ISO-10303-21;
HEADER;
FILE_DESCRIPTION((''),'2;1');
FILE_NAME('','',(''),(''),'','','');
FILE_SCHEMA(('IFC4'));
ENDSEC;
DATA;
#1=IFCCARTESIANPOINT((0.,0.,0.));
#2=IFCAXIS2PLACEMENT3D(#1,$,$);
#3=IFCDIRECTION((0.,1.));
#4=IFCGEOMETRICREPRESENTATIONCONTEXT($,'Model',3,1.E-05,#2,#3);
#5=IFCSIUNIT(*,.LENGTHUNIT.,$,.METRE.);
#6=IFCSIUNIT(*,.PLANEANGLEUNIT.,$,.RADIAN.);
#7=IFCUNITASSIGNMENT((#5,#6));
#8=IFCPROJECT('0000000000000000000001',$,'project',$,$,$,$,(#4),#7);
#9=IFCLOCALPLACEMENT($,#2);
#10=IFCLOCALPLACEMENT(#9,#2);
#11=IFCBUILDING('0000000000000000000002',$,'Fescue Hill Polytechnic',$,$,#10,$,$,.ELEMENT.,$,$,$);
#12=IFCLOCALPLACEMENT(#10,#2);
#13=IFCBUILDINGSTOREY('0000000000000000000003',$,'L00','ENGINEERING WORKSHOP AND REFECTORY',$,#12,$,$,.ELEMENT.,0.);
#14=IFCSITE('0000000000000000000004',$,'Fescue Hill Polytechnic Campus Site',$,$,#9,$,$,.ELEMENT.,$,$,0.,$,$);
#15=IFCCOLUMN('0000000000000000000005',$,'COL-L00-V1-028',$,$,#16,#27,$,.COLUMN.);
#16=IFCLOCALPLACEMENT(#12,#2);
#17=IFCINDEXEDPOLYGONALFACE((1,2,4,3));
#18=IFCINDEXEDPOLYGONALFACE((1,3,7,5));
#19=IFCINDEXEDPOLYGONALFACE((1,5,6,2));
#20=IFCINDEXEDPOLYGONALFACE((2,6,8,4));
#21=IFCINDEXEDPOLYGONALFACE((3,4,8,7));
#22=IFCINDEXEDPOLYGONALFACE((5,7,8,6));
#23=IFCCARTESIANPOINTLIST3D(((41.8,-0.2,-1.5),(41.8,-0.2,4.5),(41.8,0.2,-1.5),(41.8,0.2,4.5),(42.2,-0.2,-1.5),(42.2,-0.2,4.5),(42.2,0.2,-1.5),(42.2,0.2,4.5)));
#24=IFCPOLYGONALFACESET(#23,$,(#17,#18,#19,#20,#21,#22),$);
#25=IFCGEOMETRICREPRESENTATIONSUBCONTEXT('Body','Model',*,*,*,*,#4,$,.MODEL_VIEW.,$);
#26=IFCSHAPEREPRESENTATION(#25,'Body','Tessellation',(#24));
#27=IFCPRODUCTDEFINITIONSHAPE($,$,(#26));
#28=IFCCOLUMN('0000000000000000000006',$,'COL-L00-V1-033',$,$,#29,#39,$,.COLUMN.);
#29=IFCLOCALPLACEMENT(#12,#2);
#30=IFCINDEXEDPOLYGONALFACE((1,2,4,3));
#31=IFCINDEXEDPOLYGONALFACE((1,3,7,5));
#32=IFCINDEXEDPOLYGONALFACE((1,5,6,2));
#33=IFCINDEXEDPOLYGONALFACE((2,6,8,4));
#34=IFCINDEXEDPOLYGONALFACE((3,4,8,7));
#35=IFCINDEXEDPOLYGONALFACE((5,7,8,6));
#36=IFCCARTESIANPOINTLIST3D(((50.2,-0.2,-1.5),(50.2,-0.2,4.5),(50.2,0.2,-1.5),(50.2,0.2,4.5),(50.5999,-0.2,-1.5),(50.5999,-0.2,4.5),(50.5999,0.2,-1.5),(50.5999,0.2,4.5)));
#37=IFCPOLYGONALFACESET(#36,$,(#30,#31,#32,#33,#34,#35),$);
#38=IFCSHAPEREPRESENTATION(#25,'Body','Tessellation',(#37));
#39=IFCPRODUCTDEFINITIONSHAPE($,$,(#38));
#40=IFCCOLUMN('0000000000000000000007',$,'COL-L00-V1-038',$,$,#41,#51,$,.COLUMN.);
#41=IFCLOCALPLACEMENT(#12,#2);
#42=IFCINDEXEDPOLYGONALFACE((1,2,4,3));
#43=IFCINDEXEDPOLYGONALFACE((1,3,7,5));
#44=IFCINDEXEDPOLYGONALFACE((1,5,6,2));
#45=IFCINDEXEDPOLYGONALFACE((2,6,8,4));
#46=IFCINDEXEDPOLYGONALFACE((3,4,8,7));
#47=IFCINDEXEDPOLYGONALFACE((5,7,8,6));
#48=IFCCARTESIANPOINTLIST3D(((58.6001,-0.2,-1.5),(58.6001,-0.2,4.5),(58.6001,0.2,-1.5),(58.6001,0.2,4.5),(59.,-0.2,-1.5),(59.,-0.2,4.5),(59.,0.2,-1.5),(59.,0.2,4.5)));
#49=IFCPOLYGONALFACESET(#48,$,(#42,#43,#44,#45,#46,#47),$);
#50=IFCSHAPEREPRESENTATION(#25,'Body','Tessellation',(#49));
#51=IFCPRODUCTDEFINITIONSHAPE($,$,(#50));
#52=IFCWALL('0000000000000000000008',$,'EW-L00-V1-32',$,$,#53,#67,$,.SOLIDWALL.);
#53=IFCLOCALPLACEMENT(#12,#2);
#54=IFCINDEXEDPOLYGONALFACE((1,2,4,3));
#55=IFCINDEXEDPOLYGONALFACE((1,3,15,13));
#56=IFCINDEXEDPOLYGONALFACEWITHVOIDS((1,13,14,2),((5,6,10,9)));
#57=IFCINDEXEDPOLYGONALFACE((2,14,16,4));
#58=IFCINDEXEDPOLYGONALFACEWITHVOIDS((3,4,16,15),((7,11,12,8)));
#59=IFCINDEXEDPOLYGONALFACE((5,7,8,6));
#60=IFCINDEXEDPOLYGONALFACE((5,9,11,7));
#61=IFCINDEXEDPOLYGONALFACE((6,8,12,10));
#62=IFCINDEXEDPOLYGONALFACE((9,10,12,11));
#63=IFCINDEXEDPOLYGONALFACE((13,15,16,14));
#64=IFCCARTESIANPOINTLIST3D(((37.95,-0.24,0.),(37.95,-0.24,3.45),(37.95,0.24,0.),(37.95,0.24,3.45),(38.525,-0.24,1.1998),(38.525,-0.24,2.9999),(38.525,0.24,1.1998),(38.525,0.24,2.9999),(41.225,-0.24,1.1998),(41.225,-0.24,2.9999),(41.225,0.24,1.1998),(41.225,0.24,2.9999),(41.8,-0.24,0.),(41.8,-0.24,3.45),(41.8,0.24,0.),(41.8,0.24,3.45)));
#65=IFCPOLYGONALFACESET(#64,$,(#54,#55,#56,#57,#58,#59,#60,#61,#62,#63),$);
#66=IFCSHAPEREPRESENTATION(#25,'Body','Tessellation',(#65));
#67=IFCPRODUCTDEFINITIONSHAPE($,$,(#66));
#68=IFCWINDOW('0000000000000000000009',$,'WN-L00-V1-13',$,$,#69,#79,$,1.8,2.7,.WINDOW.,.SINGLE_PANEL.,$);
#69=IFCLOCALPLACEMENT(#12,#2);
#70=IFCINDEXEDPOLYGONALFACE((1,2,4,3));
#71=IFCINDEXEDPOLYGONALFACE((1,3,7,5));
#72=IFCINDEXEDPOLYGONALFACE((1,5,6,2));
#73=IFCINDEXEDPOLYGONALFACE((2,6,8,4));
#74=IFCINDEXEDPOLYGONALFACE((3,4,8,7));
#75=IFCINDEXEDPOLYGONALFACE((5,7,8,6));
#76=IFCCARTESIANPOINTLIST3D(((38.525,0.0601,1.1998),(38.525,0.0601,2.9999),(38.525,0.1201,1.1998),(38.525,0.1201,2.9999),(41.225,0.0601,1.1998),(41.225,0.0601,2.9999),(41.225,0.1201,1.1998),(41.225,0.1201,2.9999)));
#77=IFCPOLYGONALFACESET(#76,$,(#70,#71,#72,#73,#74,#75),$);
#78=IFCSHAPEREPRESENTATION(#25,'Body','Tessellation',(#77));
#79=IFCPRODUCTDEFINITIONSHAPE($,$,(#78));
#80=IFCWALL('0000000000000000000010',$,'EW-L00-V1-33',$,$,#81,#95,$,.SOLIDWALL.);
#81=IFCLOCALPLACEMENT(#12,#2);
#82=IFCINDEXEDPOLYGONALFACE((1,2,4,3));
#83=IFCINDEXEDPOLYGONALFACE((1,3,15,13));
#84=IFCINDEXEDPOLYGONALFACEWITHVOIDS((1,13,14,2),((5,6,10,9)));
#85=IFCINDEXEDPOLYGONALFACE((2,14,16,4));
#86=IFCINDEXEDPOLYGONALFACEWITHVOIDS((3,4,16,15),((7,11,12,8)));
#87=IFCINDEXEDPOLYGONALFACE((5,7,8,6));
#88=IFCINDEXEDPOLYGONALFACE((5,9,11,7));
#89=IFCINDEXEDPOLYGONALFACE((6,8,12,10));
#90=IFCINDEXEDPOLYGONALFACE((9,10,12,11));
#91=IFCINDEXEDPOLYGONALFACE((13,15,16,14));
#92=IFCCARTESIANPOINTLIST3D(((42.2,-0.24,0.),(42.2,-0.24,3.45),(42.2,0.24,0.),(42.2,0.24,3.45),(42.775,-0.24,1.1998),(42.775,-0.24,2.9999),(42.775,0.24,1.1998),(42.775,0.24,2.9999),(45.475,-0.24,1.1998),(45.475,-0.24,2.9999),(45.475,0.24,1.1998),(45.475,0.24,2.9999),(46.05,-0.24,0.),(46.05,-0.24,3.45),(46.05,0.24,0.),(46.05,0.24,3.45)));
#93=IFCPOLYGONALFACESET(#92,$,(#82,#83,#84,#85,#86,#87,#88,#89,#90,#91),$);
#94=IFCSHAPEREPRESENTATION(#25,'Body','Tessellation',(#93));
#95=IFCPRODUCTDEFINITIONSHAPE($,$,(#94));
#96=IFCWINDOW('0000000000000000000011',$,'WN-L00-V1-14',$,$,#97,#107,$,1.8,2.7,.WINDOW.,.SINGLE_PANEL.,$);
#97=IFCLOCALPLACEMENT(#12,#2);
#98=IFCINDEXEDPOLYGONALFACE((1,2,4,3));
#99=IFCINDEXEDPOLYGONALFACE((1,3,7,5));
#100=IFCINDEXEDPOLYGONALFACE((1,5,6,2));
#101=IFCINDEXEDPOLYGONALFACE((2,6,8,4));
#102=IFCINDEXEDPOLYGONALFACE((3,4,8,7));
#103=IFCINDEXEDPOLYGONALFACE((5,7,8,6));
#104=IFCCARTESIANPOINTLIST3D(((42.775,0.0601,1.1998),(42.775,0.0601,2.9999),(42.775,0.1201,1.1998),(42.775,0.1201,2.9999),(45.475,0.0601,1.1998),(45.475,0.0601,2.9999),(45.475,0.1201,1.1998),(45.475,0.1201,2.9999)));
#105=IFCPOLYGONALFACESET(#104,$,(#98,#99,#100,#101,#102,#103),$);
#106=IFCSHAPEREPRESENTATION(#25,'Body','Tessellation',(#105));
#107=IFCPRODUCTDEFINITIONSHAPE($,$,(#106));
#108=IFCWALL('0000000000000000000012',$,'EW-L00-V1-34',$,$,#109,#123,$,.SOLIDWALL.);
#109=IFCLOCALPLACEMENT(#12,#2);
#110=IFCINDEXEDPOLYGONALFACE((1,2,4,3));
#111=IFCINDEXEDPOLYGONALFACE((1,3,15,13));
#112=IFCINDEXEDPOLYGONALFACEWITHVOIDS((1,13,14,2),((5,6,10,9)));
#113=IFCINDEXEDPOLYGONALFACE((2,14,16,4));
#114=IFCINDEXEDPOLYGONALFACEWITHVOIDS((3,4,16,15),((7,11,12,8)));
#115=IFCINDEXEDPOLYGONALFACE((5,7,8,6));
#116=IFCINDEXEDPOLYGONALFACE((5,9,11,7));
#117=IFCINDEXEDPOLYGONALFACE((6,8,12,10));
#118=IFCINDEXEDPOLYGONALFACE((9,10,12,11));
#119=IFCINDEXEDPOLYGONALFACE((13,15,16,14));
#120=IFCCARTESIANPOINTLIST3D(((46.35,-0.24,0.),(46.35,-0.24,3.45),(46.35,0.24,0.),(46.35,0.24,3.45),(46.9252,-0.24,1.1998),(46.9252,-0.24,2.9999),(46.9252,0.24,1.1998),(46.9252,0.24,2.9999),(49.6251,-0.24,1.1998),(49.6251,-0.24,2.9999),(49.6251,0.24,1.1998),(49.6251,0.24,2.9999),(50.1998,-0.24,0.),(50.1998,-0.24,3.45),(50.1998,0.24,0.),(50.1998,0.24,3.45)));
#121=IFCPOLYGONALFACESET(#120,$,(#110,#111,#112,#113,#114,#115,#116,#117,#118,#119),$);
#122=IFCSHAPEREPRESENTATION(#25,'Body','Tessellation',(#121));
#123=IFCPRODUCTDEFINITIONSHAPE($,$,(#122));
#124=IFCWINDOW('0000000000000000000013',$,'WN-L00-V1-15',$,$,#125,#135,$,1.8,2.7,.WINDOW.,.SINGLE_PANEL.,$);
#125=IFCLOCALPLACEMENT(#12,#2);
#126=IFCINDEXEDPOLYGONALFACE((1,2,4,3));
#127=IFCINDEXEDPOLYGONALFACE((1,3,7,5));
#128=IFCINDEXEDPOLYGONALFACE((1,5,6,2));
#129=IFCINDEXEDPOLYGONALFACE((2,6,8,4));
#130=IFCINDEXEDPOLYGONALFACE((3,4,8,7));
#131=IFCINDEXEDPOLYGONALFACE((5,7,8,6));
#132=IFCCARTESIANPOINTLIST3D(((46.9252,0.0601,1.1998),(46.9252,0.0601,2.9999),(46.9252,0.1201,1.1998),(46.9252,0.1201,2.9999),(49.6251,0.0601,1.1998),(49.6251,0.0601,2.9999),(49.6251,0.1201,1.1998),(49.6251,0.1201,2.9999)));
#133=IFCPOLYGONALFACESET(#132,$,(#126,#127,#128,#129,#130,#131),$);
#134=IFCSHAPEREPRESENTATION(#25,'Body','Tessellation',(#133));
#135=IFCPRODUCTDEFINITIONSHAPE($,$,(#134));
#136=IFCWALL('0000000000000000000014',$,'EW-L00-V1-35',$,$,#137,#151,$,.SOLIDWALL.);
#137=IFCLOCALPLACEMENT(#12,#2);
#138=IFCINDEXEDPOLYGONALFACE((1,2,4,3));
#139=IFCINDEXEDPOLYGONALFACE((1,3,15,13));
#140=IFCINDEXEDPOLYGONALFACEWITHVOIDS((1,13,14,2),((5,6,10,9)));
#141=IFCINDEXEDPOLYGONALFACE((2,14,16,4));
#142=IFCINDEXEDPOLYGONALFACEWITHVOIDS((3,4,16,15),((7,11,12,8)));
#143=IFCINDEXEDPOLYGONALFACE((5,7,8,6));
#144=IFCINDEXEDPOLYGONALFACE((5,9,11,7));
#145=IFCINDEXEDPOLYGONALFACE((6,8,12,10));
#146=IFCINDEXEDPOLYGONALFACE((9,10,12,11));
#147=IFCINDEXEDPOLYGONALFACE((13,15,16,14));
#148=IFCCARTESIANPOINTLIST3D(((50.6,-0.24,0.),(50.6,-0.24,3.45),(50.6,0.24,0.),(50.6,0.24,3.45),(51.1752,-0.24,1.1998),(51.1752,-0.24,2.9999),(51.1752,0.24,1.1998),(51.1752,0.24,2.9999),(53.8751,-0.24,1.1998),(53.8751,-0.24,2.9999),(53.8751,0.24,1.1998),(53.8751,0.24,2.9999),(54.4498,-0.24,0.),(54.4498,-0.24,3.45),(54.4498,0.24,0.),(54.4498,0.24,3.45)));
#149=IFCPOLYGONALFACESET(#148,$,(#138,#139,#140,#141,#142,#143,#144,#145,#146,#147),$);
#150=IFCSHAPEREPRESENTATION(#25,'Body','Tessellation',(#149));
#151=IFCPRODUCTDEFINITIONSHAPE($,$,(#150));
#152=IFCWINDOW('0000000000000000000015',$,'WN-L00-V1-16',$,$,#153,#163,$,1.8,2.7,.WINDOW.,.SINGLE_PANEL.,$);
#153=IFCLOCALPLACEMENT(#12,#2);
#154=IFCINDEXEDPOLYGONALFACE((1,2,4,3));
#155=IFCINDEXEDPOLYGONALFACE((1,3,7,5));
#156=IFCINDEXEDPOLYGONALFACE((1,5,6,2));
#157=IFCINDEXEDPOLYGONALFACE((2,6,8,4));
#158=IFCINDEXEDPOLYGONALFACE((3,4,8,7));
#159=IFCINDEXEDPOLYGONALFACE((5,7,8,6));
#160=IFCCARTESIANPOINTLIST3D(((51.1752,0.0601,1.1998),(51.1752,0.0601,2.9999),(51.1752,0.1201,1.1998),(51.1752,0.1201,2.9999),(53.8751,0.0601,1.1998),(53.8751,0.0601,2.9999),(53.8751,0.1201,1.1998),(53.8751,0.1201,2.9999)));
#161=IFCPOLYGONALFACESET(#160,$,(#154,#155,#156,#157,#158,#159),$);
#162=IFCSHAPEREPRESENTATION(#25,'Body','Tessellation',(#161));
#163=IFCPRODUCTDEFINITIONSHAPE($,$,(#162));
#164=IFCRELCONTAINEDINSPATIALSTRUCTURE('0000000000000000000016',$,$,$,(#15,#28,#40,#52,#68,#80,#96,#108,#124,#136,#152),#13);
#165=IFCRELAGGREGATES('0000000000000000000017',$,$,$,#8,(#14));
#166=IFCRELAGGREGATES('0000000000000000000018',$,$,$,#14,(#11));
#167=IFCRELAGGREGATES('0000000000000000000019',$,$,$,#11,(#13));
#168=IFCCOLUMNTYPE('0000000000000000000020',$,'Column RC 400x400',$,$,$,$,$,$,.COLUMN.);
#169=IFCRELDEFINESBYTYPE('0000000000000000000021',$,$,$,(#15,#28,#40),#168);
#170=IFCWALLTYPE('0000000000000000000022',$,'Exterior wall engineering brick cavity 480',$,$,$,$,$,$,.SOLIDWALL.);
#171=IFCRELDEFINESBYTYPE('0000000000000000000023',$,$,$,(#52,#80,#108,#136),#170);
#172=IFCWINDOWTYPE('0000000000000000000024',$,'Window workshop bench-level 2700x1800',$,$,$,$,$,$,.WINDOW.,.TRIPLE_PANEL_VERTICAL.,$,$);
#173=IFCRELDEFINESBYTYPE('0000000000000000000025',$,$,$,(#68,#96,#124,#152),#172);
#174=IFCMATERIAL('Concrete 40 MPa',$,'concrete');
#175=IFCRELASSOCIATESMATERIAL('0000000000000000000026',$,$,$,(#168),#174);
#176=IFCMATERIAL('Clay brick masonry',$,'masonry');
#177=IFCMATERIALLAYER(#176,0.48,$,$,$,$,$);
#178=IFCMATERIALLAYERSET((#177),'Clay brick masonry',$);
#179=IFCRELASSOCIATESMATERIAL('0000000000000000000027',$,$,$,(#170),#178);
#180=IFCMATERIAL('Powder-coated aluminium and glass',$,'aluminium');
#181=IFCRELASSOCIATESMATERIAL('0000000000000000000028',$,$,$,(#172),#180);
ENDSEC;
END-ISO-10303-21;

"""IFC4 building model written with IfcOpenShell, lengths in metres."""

from ifc_helpers import new_model, si_unit, direction, frame, frame_2d, origin, origin_2d, place, context, subcontext, project, spatial, rectangle, extrude, material, layer, layer_set, material_profile, profile_set, type_object, element, fill, save


model = new_model("IFC4")

# Units and contexts
model_context = context("Model", 3, precision=1e-05, world=origin(), true_north=direction((0.0, 1.0)))
body_context = subcontext(model_context, "Body", "Model", "MODEL_VIEW")
ifc_project = project(units=[si_unit("LENGTHUNIT", "METRE"), si_unit("PLANEANGLEUNIT", "RADIAN")], contexts=[model_context])

# Site, building, storey
site_placement = place(None, origin())
site = spatial("IfcSite", under=ifc_project, at=site_placement, Name="Fescue Hill Polytechnic Campus Site", CompositionType="ELEMENT", RefElevation=0.0)
building_placement = place(site_placement, origin())
building = spatial("IfcBuilding", under=site, at=building_placement, Name="Fescue Hill Polytechnic", CompositionType="ELEMENT")
storey_placement = place(building_placement, origin())
storey = spatial("IfcBuildingStorey", under=building, at=storey_placement, Name="L00", Description="ENGINEERING WORKSHOP AND REFECTORY", CompositionType="ELEMENT", Elevation=0.0)

# Columns
ifc_material_1 = material(Name="Concrete 40 MPa", Category="concrete")
ifc_material_profile = material_profile(ifc_material_1, rectangle(XDim=0.3999, YDim=0.3999, at=origin_2d()), Name="RC 400x400")
ifc_profile_set = profile_set([ifc_material_profile], Name="Concrete 40 MPa")
column_type = type_object("IfcColumnType", Name="Column RC 400x400", PredefinedType="COLUMN", material=ifc_profile_set)
for number, where, z_axis, x_axis, name in (
    (1, (42.0, 0.0, -1.5), (0.0, 0.0, 1.0), (1.0, 0.0, 0.0), "COL-L00-V1-028"),
    (2, (50.3999, 0.0, -1.5), (0.0, 0.0, 1.0), (1.0, 0.0, 0.0), "COL-L00-V1-033"),
    (3, (58.8, 0.0, -1.5), (0.0, 0.0, 1.0), (1.0, 0.0, 0.0), "COL-L00-V1-038"),
):
    element("IfcColumn", number, at=place(storey_placement, frame(where, z_axis=z_axis, x_axis=x_axis)), inside=storey, type_object=column_type, Name=name, PredefinedType="COLUMN", context=body_context, shape_type="SweptSolid", body=[
        extrude(rectangle(XDim=0.3999, YDim=0.3999, at=origin_2d()), origin(), (0.0, 0.0, 1.0), 6.0),
    ])

# Walls, openings, windows
ifc_material_2 = material(Name="Clay brick masonry", Category="masonry")
ifc_layer_1 = layer(ifc_material_2, 0.48)
ifc_layer_set_1 = layer_set([ifc_layer_1], Name="Clay brick masonry")
wall_type_1 = type_object("IfcWallType", Name="Exterior wall engineering brick cavity 480", PredefinedType="SOLIDWALL", material=ifc_layer_set_1)
wall_1_placement = place(storey_placement, frame((37.95, 0.0, 0.0), z_axis=(0.0, 0.0, 1.0), x_axis=(1.0, 0.0, 0.0)))
wall_1 = element("IfcWall", 4, at=wall_1_placement, inside=storey, type_object=wall_type_1, Name="EW-L00-V1-32", PredefinedType="SOLIDWALL", context=body_context, shape_type="SweptSolid", body=[
    extrude(rectangle(XDim=3.8501, YDim=0.48, at=frame_2d((1.925, 0.0))), origin(), (0.0, 0.0, 1.0), 3.45),
])
opening_1_placement = place(wall_1_placement, frame((0.575, 0.0, 1.2)))
opening_1 = element("IfcOpeningElement", 5, at=opening_1_placement, cuts=wall_1, PredefinedType="OPENING", context=body_context, shape_type="SweptSolid", body=[
    extrude(rectangle(XDim=2.7, YDim=1.8, at=frame_2d((1.3501, 0.8999))), frame((0.0, 0.25, 0.0), z_axis=(0.0, -1.0, 0.0), x_axis=(1.0, 0.0, 0.0)), (0.0, 0.0, 1.0), 0.5),
])
ifc_material_3 = material(Name="Powder-coated aluminium and glass", Category="aluminium")
window_type = type_object("IfcWindowType", Name="Window workshop bench-level 2700x1800", PartitioningType="TRIPLE_PANEL_VERTICAL", PredefinedType="WINDOW", material=ifc_material_3)
window_1_placement = place(opening_1_placement, origin())
window_1 = element("IfcWindow", 6, at=window_1_placement, inside=storey, type_object=window_type, Name="WN-L00-V1-13", OverallHeight=1.8, OverallWidth=2.7, PartitioningType="SINGLE_PANEL", PredefinedType="WINDOW", context=body_context, shape_type="SweptSolid", body=[
    extrude(rectangle(XDim=2.7, YDim=1.8, at=frame_2d((1.3501, 0.8999))), frame((0.0, 0.1201, 0.0), z_axis=(0.0, -1.0, 0.0), x_axis=(1.0, 0.0, 0.0)), (0.0, 0.0, 1.0), 0.0601),
])
fill(opening_1, window_1)
wall_2_placement = place(storey_placement, frame((42.2, 0.0, 0.0), z_axis=(0.0, 0.0, 1.0), x_axis=(1.0, 0.0, 0.0)))
wall_2 = element("IfcWall", 7, at=wall_2_placement, inside=storey, type_object=wall_type_1, Name="EW-L00-V1-33", PredefinedType="SOLIDWALL", context=body_context, shape_type="SweptSolid", body=[
    extrude(rectangle(XDim=3.8501, YDim=0.48, at=frame_2d((1.925, 0.0))), origin(), (0.0, 0.0, 1.0), 3.45),
])
opening_2_placement = place(wall_2_placement, frame((0.575, 0.0, 1.2)))
opening_2 = element("IfcOpeningElement", 8, at=opening_2_placement, cuts=wall_2, PredefinedType="OPENING", context=body_context, shape_type="SweptSolid", body=[
    extrude(rectangle(XDim=2.7, YDim=1.8, at=frame_2d((1.3501, 0.8999))), frame((0.0, 0.25, 0.0), z_axis=(0.0, -1.0, 0.0), x_axis=(1.0, 0.0, 0.0)), (0.0, 0.0, 1.0), 0.5),
])
window_2_placement = place(opening_2_placement, origin())
window_2 = element("IfcWindow", 9, at=window_2_placement, inside=storey, type_object=window_type, Name="WN-L00-V1-14", OverallHeight=1.8, OverallWidth=2.7, PartitioningType="SINGLE_PANEL", PredefinedType="WINDOW", context=body_context, shape_type="SweptSolid", body=[
    extrude(rectangle(XDim=2.7, YDim=1.8, at=frame_2d((1.3501, 0.8999))), frame((0.0, 0.1201, 0.0), z_axis=(0.0, -1.0, 0.0), x_axis=(1.0, 0.0, 0.0)), (0.0, 0.0, 1.0), 0.0601),
])
fill(opening_2, window_2)
wall_3_placement = place(storey_placement, frame((46.3501, 0.0, 0.0), z_axis=(0.0, 0.0, 1.0), x_axis=(1.0, 0.0, 0.0)))
wall_3 = element("IfcWall", 10, at=wall_3_placement, inside=storey, type_object=wall_type_1, Name="EW-L00-V1-34", PredefinedType="SOLIDWALL", context=body_context, shape_type="SweptSolid", body=[
    extrude(rectangle(XDim=3.8499, YDim=0.48, at=frame_2d((1.9248, 0.0))), origin(), (0.0, 0.0, 1.0), 3.45),
])
opening_3_placement = place(wall_3_placement, frame((0.575, 0.0, 1.2)))
opening_3 = element("IfcOpeningElement", 11, at=opening_3_placement, cuts=wall_3, PredefinedType="OPENING", context=body_context, shape_type="SweptSolid", body=[
    extrude(rectangle(XDim=2.7, YDim=1.8, at=frame_2d((1.3501, 0.8999))), frame((0.0, 0.25, 0.0), z_axis=(0.0, -1.0, 0.0), x_axis=(1.0, 0.0, 0.0)), (0.0, 0.0, 1.0), 0.5),
])
window_3_placement = place(opening_3_placement, origin())
window_3 = element("IfcWindow", 12, at=window_3_placement, inside=storey, type_object=window_type, Name="WN-L00-V1-15", OverallHeight=1.8, OverallWidth=2.7, PartitioningType="SINGLE_PANEL", PredefinedType="WINDOW", context=body_context, shape_type="SweptSolid", body=[
    extrude(rectangle(XDim=2.7, YDim=1.8, at=frame_2d((1.3501, 0.8999))), frame((0.0, 0.1201, 0.0), z_axis=(0.0, -1.0, 0.0), x_axis=(1.0, 0.0, 0.0)), (0.0, 0.0, 1.0), 0.0601),
])
fill(opening_3, window_3)
wall_4_placement = place(storey_placement, frame((50.6001, 0.0, 0.0), z_axis=(0.0, 0.0, 1.0), x_axis=(1.0, 0.0, 0.0)))
wall_4 = element("IfcWall", 13, at=wall_4_placement, inside=storey, type_object=wall_type_1, Name="EW-L00-V1-35", PredefinedType="SOLIDWALL", context=body_context, shape_type="SweptSolid", body=[
    extrude(rectangle(XDim=3.8499, YDim=0.48, at=frame_2d((1.9248, 0.0))), origin(), (0.0, 0.0, 1.0), 3.45),
])
opening_4_placement = place(wall_4_placement, frame((0.575, 0.0, 1.2)))
opening_4 = element("IfcOpeningElement", 14, at=opening_4_placement, cuts=wall_4, PredefinedType="OPENING", context=body_context, shape_type="SweptSolid", body=[
    extrude(rectangle(XDim=2.7, YDim=1.8, at=frame_2d((1.3501, 0.8999))), frame((0.0, 0.25, 0.0), z_axis=(0.0, -1.0, 0.0), x_axis=(1.0, 0.0, 0.0)), (0.0, 0.0, 1.0), 0.5),
])
window_4_placement = place(opening_4_placement, origin())
window_4 = element("IfcWindow", 15, at=window_4_placement, inside=storey, type_object=window_type, Name="WN-L00-V1-16", OverallHeight=1.8, OverallWidth=2.7, PartitioningType="SINGLE_PANEL", PredefinedType="WINDOW", context=body_context, shape_type="SweptSolid", body=[
    extrude(rectangle(XDim=2.7, YDim=1.8, at=frame_2d((1.3501, 0.8999))), frame((0.0, 0.1201, 0.0), z_axis=(0.0, -1.0, 0.0), x_axis=(1.0, 0.0, 0.0)), (0.0, 0.0, 1.0), 0.0601),
])
fill(opening_4, window_4)

save(model, "model.ifc")
